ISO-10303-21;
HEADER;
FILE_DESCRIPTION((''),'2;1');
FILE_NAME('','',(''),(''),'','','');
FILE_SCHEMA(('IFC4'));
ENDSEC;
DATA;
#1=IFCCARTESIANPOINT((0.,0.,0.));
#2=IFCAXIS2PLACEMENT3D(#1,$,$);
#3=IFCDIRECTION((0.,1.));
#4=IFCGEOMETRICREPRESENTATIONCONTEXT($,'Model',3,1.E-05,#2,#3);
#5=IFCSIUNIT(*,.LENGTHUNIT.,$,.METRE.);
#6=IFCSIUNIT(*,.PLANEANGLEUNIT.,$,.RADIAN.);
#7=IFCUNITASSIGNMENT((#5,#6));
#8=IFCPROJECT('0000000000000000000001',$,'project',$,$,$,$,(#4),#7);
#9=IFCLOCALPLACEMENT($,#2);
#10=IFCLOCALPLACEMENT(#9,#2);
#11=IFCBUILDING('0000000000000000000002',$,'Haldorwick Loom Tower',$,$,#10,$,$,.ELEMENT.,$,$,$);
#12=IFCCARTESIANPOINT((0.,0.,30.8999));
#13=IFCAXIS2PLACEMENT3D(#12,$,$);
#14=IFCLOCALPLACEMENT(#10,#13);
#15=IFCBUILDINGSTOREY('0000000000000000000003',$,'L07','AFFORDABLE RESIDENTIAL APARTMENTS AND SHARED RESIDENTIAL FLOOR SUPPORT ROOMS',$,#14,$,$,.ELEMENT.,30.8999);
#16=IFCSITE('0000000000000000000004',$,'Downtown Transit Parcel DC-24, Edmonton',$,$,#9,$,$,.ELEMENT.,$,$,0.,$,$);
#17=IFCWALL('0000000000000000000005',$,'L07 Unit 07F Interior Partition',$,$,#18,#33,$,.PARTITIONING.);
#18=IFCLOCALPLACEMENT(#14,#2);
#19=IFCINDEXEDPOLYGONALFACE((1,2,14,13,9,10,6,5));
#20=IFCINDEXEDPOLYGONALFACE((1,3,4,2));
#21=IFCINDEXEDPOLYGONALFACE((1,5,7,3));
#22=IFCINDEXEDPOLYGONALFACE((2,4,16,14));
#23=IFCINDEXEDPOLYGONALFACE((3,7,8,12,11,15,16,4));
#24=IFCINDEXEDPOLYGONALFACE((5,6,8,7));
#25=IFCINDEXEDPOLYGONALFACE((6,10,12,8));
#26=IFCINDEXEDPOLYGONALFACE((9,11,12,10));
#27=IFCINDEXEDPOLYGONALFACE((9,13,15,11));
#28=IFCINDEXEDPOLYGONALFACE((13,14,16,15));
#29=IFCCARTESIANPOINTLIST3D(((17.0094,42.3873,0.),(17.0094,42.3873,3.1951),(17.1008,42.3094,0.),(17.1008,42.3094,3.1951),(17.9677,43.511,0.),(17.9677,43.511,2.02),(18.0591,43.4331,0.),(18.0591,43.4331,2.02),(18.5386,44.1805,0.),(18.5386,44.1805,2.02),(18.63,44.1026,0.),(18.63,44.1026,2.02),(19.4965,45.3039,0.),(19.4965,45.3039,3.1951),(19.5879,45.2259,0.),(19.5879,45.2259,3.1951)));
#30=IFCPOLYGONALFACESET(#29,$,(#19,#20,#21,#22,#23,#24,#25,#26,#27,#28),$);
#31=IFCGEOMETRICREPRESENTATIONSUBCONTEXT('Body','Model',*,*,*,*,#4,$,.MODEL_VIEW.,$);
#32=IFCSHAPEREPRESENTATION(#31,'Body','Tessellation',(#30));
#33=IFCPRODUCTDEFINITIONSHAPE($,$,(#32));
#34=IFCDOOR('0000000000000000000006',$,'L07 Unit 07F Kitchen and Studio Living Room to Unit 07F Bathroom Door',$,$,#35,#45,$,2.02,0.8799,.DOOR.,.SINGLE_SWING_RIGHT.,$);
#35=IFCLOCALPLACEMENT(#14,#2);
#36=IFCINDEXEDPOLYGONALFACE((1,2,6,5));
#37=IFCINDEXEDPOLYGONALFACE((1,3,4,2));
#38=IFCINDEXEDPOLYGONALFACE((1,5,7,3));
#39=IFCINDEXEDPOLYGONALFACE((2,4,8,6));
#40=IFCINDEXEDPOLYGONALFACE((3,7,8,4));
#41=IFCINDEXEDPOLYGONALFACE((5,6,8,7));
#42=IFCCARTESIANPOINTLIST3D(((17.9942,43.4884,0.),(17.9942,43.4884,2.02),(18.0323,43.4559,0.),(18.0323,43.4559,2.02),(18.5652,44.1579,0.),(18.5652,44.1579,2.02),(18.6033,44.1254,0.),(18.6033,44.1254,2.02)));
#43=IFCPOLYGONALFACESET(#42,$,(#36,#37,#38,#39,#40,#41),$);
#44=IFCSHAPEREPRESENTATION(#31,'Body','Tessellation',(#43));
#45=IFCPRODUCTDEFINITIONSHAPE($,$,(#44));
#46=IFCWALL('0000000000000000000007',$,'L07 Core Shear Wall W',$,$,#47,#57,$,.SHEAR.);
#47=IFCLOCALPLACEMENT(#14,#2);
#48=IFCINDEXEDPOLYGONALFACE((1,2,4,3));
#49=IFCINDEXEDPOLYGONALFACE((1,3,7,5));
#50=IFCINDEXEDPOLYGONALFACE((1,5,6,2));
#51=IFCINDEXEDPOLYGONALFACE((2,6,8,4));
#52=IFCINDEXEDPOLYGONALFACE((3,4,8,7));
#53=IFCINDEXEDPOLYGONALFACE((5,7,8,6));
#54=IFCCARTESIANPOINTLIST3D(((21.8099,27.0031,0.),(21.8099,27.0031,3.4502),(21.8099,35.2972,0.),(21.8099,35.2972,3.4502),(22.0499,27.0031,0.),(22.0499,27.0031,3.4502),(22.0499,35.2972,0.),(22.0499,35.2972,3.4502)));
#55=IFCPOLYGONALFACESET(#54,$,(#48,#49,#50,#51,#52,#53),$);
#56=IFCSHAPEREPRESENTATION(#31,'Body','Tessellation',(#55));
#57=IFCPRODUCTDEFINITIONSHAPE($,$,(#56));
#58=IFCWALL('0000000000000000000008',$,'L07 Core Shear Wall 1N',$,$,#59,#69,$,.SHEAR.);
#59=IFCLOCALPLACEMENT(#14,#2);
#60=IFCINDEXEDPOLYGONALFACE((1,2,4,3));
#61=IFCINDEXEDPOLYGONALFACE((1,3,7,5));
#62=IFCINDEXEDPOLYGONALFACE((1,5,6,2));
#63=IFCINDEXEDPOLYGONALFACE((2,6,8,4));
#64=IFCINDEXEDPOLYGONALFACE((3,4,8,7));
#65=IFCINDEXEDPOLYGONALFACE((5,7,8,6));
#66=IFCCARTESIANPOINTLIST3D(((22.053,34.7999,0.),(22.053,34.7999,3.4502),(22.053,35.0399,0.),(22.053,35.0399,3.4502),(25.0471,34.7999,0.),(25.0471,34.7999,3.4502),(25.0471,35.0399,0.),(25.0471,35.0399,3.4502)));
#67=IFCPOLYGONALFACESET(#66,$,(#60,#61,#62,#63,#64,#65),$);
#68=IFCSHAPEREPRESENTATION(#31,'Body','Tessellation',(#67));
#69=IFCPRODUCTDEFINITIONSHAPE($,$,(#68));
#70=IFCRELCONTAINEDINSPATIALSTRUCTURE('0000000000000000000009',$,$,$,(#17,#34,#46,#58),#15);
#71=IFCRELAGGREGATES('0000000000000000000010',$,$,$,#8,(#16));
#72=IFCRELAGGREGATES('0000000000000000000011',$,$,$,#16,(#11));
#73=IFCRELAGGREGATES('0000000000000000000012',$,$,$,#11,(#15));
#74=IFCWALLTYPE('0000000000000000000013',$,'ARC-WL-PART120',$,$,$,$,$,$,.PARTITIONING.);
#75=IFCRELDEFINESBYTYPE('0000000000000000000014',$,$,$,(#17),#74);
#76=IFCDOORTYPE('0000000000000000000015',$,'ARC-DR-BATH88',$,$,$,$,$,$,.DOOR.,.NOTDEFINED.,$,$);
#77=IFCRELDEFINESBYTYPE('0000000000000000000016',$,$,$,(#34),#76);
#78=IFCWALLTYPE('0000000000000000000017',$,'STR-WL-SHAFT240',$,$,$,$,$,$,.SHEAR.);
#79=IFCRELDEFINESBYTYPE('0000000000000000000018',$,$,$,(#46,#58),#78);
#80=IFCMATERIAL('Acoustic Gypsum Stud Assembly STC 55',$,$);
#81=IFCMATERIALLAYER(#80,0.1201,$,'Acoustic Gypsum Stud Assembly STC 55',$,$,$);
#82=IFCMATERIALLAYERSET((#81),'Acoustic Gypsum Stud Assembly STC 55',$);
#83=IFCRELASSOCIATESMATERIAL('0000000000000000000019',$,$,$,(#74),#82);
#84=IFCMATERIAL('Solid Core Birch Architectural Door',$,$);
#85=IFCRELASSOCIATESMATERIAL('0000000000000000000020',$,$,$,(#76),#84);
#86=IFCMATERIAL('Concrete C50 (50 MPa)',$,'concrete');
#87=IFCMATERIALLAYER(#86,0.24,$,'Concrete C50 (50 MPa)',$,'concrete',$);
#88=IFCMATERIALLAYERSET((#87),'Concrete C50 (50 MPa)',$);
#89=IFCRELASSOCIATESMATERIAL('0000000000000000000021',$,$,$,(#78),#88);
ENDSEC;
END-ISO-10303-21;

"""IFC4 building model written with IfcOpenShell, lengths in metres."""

from ifc_helpers import new_model, si_unit, direction, frame, frame_2d, origin, place, context, subcontext, project, spatial, rectangle, extrude, material, layer, layer_set, type_object, element, fill, save


model = new_model("IFC4")

# Units and contexts
model_context = context("Model", 3, precision=1e-05, world=origin(), true_north=direction((0.0, 1.0)))
body_context = subcontext(model_context, "Body", "Model", "MODEL_VIEW")
ifc_project = project(units=[si_unit("LENGTHUNIT", "METRE"), si_unit("PLANEANGLEUNIT", "RADIAN")], contexts=[model_context])

# Site, building, storey
site_placement = place(None, origin())
site = spatial("IfcSite", under=ifc_project, at=site_placement, Name="Downtown Transit Parcel DC-24, Edmonton", CompositionType="ELEMENT", RefElevation=0.0)
building_placement = place(site_placement, origin())
building = spatial("IfcBuilding", under=site, at=building_placement, Name="Haldorwick Loom Tower", CompositionType="ELEMENT")
storey_placement = place(building_placement, frame((0.0, 0.0, 30.8999)))
storey = spatial("IfcBuildingStorey", under=building, at=storey_placement, Name="L07", Description="AFFORDABLE RESIDENTIAL APARTMENTS AND SHARED RESIDENTIAL FLOOR SUPPORT ROOMS", CompositionType="ELEMENT", Elevation=30.8999)

# Shared definitions
ifc_material_1 = material(Name="Solid Core Birch Architectural Door")

# Shared definitions
ifc_material_2 = material(Name="Acoustic Gypsum Stud Assembly STC 55")
ifc_layer_1 = layer(ifc_material_2, 0.1201, Name="Acoustic Gypsum Stud Assembly STC 55")
ifc_layer_set_1 = layer_set([ifc_layer_1], Name="Acoustic Gypsum Stud Assembly STC 55")
wall_type_1 = type_object("IfcWallType", Name="ARC-WL-PART120", PredefinedType="PARTITIONING", material=ifc_layer_set_1)

# Wall, opening, door
wall_1_placement = place(storey_placement, frame((19.5422, 45.2649, 0.0), z_axis=(0.0, 0.0, 1.0), x_axis=(-0.648864, -0.760904, 0.0)))
wall_1 = element("IfcWall", 1, at=wall_1_placement, inside=storey, type_object=wall_type_1, Name="L07 Unit 07F Interior Partition", PredefinedType="PARTITIONING", context=body_context, shape_type="SweptSolid", body=[
    extrude(rectangle(XDim=3.833, YDim=0.1201, at=frame_2d((1.9165, 0.0))), origin(), (0.0, 0.0, 1.0), 3.1951),
])
opening_1_placement = place(wall_1_placement, frame((1.4763, 0.0, 0.0)))
opening_1 = element("IfcOpeningElement", 2, at=opening_1_placement, cuts=wall_1, PredefinedType="OPENING", context=body_context, shape_type="SweptSolid", body=[
    extrude(rectangle(XDim=0.8799, YDim=2.02, at=frame_2d((0.4399, 1.01))), frame((0.0, 0.0701, 0.0), z_axis=(0.0, -1.0, 0.0), x_axis=(1.0, 0.0, 0.0)), (0.0, 0.0, 1.0), 0.1401),
])
door_type_1 = type_object("IfcDoorType", Name="ARC-DR-BATH88", OperationType="NOTDEFINED", PredefinedType="DOOR", material=ifc_material_1)
door_1_placement = place(opening_1_placement, origin())
door_1 = element("IfcDoor", 3, at=door_1_placement, inside=storey, type_object=door_type_1, Name="L07 Unit 07F Kitchen and Studio Living Room to Unit 07F Bathroom Door", OperationType="SINGLE_SWING_RIGHT", OverallHeight=2.02, OverallWidth=0.8799, PredefinedType="DOOR", context=body_context, shape_type="SweptSolid", body=[
    extrude(rectangle(XDim=0.8799, YDim=2.02, at=frame_2d((0.4399, 1.01))), frame((0.0, 0.0249, 0.0), z_axis=(0.0, -1.0, 0.0), x_axis=(1.0, 0.0, 0.0)), (0.0, 0.0, 1.0), 0.05),
])
fill(opening_1, door_1)

# Walls
ifc_material_3 = material(Name="Concrete C50 (50 MPa)", Category="concrete")
ifc_layer_2 = layer(ifc_material_3, 0.24, Name="Concrete C50 (50 MPa)", Category="concrete")
ifc_layer_set_2 = layer_set([ifc_layer_2], Name="Concrete C50 (50 MPa)")
wall_type_2 = type_object("IfcWallType", Name="STR-WL-SHAFT240", PredefinedType="SHEAR", material=ifc_layer_set_2)
wall_2_placement = place(storey_placement, frame((21.9299, 35.2971, 0.0), z_axis=(0.0, 0.0, 1.0), x_axis=(0.0, -1.0, 0.0)))
element("IfcWall", 4, at=wall_2_placement, inside=storey, type_object=wall_type_2, Name="L07 Core Shear Wall W", PredefinedType="SHEAR", context=body_context, shape_type="SweptSolid", body=[
    extrude(rectangle(XDim=8.2942, YDim=0.24, at=frame_2d((4.147, 0.0))), origin(), (0.0, 0.0, 1.0), 3.4502),
])
wall_3_placement = place(storey_placement, frame((22.053, 34.9199, 0.0), z_axis=(0.0, 0.0, 1.0), x_axis=(1.0, 0.0, 0.0)))
element("IfcWall", 5, at=wall_3_placement, inside=storey, type_object=wall_type_2, Name="L07 Core Shear Wall 1N", PredefinedType="SHEAR", context=body_context, shape_type="SweptSolid", body=[
    extrude(rectangle(XDim=2.9941, YDim=0.24, at=frame_2d((1.4971, 0.0))), origin(), (0.0, 0.0, 1.0), 3.4502),
])

save(model, "model.ifc")
